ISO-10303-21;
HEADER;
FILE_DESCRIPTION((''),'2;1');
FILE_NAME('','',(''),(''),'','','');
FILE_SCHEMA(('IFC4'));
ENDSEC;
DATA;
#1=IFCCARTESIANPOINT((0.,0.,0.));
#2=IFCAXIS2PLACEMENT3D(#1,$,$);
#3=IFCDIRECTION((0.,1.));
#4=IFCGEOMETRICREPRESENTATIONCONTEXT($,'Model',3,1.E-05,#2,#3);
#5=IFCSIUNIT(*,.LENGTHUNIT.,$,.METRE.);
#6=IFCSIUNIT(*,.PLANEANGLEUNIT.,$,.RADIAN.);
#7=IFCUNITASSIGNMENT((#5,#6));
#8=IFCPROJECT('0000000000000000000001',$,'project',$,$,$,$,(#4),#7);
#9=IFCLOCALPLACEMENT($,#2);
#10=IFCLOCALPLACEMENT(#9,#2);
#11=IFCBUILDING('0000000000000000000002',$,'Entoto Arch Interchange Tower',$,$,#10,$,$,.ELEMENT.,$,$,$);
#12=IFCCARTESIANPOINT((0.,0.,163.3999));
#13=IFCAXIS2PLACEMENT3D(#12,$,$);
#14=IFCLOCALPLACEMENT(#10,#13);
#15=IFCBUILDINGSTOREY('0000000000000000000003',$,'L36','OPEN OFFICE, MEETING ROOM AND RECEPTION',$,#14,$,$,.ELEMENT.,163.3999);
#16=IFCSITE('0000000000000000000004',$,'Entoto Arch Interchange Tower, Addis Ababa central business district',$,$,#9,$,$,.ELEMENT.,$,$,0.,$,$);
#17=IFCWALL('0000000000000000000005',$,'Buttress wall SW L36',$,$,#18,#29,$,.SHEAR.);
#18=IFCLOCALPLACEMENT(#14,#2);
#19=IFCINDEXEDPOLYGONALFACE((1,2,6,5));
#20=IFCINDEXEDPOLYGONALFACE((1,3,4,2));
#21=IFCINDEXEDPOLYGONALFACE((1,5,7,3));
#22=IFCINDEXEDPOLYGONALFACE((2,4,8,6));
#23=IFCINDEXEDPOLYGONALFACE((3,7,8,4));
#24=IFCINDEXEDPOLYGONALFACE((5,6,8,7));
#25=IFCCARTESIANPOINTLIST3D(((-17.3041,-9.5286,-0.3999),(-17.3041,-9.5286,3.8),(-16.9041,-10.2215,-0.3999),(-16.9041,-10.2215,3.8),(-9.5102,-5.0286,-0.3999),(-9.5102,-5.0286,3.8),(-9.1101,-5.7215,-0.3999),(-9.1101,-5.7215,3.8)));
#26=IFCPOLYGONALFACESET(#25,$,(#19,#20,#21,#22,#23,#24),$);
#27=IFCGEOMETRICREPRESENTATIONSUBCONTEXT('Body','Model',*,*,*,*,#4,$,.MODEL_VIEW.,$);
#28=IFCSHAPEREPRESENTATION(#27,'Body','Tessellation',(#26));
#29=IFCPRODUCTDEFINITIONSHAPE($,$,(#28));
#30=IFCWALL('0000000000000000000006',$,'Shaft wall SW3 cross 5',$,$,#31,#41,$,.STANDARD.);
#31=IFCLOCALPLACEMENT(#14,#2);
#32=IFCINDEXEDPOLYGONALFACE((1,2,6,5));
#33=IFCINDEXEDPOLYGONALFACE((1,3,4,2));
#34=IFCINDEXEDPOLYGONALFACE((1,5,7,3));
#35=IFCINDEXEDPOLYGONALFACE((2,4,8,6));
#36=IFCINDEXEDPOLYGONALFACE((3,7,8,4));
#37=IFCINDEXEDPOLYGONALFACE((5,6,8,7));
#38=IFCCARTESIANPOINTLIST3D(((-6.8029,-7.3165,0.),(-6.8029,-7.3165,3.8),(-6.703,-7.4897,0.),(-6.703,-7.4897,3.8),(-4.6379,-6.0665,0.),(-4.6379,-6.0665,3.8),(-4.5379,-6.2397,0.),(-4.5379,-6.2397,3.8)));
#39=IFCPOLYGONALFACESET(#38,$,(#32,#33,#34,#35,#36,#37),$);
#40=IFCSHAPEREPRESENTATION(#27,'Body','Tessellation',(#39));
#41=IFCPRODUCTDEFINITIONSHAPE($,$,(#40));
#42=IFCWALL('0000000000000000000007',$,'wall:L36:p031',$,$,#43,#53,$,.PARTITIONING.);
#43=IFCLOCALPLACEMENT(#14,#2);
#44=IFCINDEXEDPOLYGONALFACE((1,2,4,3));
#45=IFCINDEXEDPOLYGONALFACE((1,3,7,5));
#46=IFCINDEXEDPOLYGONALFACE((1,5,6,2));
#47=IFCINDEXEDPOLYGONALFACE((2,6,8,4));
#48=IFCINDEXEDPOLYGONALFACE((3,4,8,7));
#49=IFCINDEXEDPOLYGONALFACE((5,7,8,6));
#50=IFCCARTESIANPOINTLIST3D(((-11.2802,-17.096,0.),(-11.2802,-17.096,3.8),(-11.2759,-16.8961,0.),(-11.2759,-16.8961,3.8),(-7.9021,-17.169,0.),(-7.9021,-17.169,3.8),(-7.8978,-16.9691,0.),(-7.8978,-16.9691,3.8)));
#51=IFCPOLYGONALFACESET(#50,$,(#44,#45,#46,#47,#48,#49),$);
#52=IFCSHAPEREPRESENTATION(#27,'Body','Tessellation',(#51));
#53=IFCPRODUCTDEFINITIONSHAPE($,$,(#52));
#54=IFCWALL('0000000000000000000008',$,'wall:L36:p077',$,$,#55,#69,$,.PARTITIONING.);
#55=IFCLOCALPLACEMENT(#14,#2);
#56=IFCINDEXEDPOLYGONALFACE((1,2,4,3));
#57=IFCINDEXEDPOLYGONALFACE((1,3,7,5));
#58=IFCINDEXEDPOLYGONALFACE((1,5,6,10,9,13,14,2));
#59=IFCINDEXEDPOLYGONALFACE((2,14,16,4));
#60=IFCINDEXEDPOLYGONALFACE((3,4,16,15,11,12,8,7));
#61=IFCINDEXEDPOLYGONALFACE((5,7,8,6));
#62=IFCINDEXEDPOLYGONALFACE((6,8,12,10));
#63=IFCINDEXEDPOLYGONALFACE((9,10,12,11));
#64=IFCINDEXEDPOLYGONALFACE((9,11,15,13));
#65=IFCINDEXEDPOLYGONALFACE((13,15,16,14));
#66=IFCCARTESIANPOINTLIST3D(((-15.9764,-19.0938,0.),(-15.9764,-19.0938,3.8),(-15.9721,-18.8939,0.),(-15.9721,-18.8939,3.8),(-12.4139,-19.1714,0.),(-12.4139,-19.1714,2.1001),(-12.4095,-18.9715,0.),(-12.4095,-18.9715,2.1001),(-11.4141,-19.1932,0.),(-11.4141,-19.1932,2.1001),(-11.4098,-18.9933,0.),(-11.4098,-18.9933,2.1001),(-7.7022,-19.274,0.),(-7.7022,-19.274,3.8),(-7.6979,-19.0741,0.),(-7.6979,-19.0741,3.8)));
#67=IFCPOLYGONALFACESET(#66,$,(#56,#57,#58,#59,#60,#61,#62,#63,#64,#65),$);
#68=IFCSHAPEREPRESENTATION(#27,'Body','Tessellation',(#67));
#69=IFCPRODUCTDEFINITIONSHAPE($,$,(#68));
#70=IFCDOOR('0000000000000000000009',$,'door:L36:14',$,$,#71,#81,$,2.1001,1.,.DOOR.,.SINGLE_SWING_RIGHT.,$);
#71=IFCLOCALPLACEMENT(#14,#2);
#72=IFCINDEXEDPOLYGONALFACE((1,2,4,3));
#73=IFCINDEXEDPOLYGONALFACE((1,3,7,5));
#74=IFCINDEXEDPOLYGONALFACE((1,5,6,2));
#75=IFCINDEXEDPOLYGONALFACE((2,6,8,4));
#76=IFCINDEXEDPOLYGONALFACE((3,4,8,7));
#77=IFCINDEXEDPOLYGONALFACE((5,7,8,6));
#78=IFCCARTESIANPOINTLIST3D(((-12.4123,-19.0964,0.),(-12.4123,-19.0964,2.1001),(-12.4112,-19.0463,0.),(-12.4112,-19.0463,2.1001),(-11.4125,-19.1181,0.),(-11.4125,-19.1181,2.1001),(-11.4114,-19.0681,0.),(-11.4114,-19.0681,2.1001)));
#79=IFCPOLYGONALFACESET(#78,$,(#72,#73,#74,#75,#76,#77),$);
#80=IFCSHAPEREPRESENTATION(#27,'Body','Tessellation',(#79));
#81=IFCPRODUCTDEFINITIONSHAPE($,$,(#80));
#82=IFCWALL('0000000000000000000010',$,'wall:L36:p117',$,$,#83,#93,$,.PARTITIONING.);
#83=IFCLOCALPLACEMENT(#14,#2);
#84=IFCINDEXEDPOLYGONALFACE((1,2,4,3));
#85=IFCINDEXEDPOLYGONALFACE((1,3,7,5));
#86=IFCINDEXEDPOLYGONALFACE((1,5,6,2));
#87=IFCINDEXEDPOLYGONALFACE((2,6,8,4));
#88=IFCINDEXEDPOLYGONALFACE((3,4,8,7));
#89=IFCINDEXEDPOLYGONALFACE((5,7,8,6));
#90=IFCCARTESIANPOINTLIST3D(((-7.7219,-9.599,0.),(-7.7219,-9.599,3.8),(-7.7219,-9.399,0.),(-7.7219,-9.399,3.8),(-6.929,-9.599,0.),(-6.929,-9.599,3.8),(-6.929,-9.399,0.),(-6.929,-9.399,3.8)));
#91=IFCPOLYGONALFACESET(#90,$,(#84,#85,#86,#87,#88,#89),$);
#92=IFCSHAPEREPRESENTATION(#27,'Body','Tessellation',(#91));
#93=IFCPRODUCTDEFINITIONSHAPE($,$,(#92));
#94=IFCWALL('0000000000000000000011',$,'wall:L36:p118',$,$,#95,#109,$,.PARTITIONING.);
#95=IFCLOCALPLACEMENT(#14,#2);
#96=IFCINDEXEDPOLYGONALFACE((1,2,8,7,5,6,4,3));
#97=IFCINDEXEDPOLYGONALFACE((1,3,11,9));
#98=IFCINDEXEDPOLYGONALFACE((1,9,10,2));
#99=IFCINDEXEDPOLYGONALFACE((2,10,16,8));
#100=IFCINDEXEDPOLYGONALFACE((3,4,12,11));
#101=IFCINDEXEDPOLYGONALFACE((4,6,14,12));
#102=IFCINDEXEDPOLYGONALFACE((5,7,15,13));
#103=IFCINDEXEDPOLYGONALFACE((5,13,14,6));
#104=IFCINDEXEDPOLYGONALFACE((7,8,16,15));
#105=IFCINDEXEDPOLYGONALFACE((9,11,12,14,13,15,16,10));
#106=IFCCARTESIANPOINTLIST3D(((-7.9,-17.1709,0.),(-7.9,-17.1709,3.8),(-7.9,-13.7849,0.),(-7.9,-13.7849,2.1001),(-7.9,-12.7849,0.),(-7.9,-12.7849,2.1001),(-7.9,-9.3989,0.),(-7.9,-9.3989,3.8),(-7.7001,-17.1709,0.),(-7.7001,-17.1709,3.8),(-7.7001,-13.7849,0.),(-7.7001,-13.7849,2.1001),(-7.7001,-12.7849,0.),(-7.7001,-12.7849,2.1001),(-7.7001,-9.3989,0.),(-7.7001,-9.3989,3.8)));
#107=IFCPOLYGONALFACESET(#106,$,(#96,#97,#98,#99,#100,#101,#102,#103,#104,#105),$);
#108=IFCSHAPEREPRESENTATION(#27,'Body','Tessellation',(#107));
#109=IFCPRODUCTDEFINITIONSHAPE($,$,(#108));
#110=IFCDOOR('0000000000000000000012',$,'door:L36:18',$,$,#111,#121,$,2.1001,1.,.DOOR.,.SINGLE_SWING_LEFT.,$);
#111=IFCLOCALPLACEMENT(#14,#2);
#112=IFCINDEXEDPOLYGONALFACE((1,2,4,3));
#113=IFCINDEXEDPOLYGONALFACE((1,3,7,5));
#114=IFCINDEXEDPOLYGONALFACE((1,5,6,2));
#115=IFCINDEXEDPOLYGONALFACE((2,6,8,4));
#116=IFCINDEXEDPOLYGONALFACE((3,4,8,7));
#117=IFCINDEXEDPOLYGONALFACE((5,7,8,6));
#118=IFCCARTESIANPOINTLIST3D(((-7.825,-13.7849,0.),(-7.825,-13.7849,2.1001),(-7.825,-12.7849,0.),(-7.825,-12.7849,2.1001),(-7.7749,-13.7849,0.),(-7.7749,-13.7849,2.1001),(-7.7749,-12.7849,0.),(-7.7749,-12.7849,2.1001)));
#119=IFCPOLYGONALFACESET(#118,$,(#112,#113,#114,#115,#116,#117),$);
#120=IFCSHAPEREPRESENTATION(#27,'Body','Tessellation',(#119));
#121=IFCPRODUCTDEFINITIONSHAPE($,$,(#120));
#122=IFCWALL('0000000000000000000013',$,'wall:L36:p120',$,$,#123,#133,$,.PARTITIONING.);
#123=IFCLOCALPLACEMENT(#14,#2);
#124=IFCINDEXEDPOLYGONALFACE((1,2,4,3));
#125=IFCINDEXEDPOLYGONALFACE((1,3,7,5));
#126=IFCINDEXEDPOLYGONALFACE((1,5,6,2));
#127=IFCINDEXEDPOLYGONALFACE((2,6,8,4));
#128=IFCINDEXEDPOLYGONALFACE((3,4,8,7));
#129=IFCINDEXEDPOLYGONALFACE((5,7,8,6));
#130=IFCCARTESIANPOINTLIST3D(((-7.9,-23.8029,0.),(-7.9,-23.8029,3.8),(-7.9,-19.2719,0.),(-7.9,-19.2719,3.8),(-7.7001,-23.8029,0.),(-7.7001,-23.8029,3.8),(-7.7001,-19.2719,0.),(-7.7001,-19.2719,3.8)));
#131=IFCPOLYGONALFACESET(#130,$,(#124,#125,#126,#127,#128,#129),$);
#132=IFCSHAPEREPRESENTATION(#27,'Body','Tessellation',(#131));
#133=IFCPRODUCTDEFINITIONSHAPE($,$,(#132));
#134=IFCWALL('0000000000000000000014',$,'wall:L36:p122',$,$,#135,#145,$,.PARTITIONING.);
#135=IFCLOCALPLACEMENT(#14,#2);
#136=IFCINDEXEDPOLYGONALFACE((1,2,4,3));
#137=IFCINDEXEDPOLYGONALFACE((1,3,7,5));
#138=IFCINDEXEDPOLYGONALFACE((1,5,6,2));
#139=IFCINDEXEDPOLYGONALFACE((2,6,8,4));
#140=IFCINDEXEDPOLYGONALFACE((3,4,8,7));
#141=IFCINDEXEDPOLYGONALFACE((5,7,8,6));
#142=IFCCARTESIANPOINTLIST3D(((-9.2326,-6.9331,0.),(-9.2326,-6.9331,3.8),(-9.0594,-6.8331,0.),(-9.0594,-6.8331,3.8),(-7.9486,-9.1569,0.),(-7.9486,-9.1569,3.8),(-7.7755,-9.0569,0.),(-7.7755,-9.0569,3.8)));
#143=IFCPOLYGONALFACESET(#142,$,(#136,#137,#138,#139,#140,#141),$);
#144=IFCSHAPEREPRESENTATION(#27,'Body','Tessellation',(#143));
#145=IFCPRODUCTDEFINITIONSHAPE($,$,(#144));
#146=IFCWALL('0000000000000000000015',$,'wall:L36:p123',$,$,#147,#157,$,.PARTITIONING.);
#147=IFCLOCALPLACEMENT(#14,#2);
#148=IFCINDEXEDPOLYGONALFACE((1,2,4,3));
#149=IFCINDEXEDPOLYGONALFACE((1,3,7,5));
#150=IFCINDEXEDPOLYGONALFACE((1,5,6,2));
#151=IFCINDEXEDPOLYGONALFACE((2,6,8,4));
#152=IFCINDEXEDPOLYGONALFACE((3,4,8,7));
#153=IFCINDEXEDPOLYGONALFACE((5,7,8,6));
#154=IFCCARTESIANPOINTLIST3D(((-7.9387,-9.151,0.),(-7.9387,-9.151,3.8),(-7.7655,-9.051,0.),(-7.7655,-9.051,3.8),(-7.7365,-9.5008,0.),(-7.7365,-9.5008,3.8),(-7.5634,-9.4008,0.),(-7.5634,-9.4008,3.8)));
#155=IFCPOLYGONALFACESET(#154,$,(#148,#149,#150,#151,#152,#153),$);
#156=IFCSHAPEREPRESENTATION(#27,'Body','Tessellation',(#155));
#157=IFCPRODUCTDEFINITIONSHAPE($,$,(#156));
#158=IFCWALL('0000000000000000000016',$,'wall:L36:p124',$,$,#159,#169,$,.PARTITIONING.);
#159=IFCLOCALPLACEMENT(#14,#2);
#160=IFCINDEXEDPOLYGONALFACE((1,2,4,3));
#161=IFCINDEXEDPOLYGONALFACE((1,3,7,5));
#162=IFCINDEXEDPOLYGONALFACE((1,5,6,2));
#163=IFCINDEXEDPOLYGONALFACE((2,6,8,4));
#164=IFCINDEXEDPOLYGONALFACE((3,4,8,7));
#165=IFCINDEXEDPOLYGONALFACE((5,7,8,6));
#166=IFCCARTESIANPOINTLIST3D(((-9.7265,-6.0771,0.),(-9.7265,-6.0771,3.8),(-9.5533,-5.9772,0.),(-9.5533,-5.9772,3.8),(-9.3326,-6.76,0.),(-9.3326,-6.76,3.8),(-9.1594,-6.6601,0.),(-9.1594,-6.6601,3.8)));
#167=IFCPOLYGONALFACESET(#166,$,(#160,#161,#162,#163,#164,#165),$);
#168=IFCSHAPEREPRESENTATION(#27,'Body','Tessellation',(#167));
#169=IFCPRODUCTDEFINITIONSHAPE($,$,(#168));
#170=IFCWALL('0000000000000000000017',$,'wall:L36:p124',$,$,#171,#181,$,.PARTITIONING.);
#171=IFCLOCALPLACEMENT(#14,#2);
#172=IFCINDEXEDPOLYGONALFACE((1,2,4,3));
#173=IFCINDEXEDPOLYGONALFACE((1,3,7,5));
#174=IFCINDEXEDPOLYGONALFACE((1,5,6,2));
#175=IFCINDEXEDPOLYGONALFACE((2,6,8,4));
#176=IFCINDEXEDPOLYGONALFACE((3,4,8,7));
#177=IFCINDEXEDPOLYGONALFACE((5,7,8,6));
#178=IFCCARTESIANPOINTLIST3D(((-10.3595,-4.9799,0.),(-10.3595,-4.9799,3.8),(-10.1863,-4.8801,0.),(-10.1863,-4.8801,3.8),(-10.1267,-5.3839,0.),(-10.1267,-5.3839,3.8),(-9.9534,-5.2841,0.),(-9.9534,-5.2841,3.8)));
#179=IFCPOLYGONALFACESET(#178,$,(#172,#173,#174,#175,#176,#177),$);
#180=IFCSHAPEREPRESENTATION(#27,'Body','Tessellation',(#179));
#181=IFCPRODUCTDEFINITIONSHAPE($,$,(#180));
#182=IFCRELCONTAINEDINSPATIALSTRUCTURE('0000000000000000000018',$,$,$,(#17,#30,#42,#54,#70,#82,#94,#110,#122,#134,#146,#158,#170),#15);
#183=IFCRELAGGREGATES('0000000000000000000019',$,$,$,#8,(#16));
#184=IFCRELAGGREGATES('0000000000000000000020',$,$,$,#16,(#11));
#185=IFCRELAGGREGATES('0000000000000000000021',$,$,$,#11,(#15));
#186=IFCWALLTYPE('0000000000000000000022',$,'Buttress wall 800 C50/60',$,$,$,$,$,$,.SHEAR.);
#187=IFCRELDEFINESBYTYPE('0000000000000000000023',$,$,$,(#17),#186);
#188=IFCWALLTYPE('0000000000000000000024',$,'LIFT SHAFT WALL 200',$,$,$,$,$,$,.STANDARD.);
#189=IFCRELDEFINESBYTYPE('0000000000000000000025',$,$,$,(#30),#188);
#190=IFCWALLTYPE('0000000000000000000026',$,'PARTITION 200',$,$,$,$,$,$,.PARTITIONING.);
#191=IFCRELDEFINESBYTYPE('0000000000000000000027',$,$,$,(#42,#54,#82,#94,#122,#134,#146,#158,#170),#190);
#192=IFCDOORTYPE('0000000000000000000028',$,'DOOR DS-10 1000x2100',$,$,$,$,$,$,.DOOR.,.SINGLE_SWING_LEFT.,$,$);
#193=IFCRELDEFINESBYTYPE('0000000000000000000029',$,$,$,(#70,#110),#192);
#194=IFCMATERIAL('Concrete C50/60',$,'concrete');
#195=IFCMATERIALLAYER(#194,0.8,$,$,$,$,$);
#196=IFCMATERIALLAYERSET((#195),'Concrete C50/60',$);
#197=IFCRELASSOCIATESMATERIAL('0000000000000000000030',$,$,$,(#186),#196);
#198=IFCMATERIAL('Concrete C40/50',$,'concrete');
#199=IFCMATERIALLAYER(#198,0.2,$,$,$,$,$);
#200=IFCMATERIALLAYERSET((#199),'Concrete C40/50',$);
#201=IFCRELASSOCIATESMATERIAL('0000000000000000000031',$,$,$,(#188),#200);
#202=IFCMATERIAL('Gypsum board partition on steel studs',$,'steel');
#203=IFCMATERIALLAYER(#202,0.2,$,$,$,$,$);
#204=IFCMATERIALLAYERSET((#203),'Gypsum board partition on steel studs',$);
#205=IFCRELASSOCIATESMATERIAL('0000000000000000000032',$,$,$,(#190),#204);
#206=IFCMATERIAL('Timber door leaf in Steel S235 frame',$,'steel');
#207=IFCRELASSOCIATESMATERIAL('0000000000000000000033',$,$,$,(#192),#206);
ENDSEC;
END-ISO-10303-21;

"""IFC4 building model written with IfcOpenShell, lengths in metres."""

from ifc_helpers import new_model, si_unit, direction, frame, frame_2d, origin, place, context, subcontext, project, spatial, rectangle, extrude, material, layer, layer_set, type_object, element, fill, save


model = new_model("IFC4")

# Units and contexts
model_context = context("Model", 3, precision=1e-05, world=origin(), true_north=direction((0.0, 1.0)))
body_context = subcontext(model_context, "Body", "Model", "MODEL_VIEW")
ifc_project = project(units=[si_unit("LENGTHUNIT", "METRE"), si_unit("PLANEANGLEUNIT", "RADIAN")], contexts=[model_context])

# Site, building, storey
site_placement = place(None, origin())
site = spatial("IfcSite", under=ifc_project, at=site_placement, Name="Entoto Arch Interchange Tower, Addis Ababa central business district", CompositionType="ELEMENT", RefElevation=0.0)
building_placement = place(site_placement, origin())
building = spatial("IfcBuilding", under=site, at=building_placement, Name="Entoto Arch Interchange Tower", CompositionType="ELEMENT")
storey_placement = place(building_placement, frame((0.0, 0.0, 163.3999)))
storey = spatial("IfcBuildingStorey", under=building, at=storey_placement, Name="L36", Description="OPEN OFFICE, MEETING ROOM AND RECEPTION", CompositionType="ELEMENT", Elevation=163.3999)

# Shared definitions
ifc_material_1 = material(Name="Concrete C50/60", Category="concrete")

# Walls
ifc_layer_1 = layer(ifc_material_1, 0.8)
ifc_layer_set_1 = layer_set([ifc_layer_1], Name="Concrete C50/60")
wall_type_1 = type_object("IfcWallType", Name="Buttress wall 800 C50/60", PredefinedType="SHEAR", material=ifc_layer_set_1)
wall_1_placement = place(storey_placement, frame((-9.3101, -5.375, -0.3999), z_axis=(0.0, 0.0, 1.0), x_axis=(-0.866018, -0.500014, 0.0)))
element("IfcWall", 1, at=wall_1_placement, inside=storey, type_object=wall_type_1, Name="Buttress wall SW L36", PredefinedType="SHEAR", context=body_context, shape_type="SweptSolid", body=[
    extrude(rectangle(XDim=8.9998, YDim=0.8, at=frame_2d((4.5, 0.0))), origin(), (0.0, 0.0, 1.0), 4.2),
])
ifc_material_2 = material(Name="Concrete C40/50", Category="concrete")
ifc_layer_2 = layer(ifc_material_2, 0.2)
ifc_layer_set_2 = layer_set([ifc_layer_2], Name="Concrete C40/50")
wall_type_2 = type_object("IfcWallType", Name="LIFT SHAFT WALL 200", PredefinedType="STANDARD", material=ifc_layer_set_2)
wall_2_placement = place(storey_placement, frame((-4.5879, -6.1531, 0.0), z_axis=(0.0, 0.0, 1.0), x_axis=(-0.866023, -0.500004, 0.0)))
element("IfcWall", 2, at=wall_2_placement, inside=storey, type_object=wall_type_2, Name="Shaft wall SW3 cross 5", PredefinedType="STANDARD", context=body_context, shape_type="SweptSolid", body=[
    extrude(rectangle(XDim=2.5, YDim=0.2, at=frame_2d((1.25, 0.0))), origin(), (0.0, 0.0, 1.0), 3.8),
])
ifc_material_3 = material(Name="Gypsum board partition on steel studs", Category="steel")
ifc_layer_3 = layer(ifc_material_3, 0.2)
ifc_layer_set_3 = layer_set([ifc_layer_3], Name="Gypsum board partition on steel studs")
wall_type_3 = type_object("IfcWallType", Name="PARTITION 200", PredefinedType="PARTITIONING", material=ifc_layer_set_3)
wall_3_placement = place(storey_placement, frame((-11.2781, -16.9961, 0.0), z_axis=(0.0, 0.0, 1.0), x_axis=(0.999767, -0.021604, 0.0)))
element("IfcWall", 3, at=wall_3_placement, inside=storey, type_object=wall_type_3, Name="wall:L36:p031", PredefinedType="PARTITIONING", context=body_context, shape_type="SweptSolid", body=[
    extrude(rectangle(XDim=3.3789, YDim=0.2, at=frame_2d((1.6895, 0.0))), origin(), (0.0, 0.0, 1.0), 3.8),
])

# Wall, opening, door
wall_4_placement = place(storey_placement, frame((-7.7, -19.1741, 0.0), z_axis=(0.0, 0.0, 1.0), x_axis=(-0.999763, 0.021771, 0.0)))
wall_4 = element("IfcWall", 4, at=wall_4_placement, inside=storey, type_object=wall_type_3, Name="wall:L36:p077", PredefinedType="PARTITIONING", context=body_context, shape_type="SweptSolid", body=[
    extrude(rectangle(XDim=8.2761, YDim=0.2, at=frame_2d((4.1382, 0.0))), origin(), (0.0, 0.0, 1.0), 3.8),
])
opening_1_placement = place(wall_4_placement, frame((3.7129, 0.0, 0.0)))
opening_1 = element("IfcOpeningElement", 5, at=opening_1_placement, cuts=wall_4, PredefinedType="OPENING", context=body_context, shape_type="SweptSolid", body=[
    extrude(rectangle(XDim=1.0, YDim=2.1001, at=frame_2d((0.5, 1.05))), frame((0.0, 0.1099, 0.0), z_axis=(0.0, -1.0, 0.0), x_axis=(1.0, 0.0, 0.0)), (0.0, 0.0, 1.0), 0.22),
])
ifc_material_4 = material(Name="Timber door leaf in Steel S235 frame", Category="steel")
door_type = type_object("IfcDoorType", Name="DOOR DS-10 1000x2100", OperationType="SINGLE_SWING_LEFT", PredefinedType="DOOR", material=ifc_material_4)
door_1_placement = place(opening_1_placement, origin())
door_1 = element("IfcDoor", 6, at=door_1_placement, inside=storey, type_object=door_type, Name="door:L36:14", OperationType="SINGLE_SWING_RIGHT", OverallHeight=2.1001, OverallWidth=1.0, PredefinedType="DOOR", context=body_context, shape_type="SweptSolid", body=[
    extrude(rectangle(XDim=1.0, YDim=2.1001, at=frame_2d((0.5, 1.05))), frame((0.0, 0.0249, 0.0), z_axis=(0.0, -1.0, 0.0), x_axis=(1.0, 0.0, 0.0)), (0.0, 0.0, 1.0), 0.05),
])
fill(opening_1, door_1)

# Wall
wall_5_placement = place(storey_placement, frame((-7.7219, -9.499, 0.0), z_axis=(0.0, 0.0, 1.0), x_axis=(1.0, 0.0, 0.0)))
element("IfcWall", 7, at=wall_5_placement, inside=storey, type_object=wall_type_3, Name="wall:L36:p117", PredefinedType="PARTITIONING", context=body_context, shape_type="SweptSolid", body=[
    extrude(rectangle(XDim=0.793, YDim=0.2, at=frame_2d((0.3965, 0.0))), origin(), (0.0, 0.0, 1.0), 3.8),
])

# Wall, opening, door
wall_6_placement = place(storey_placement, frame((-7.8, -17.1709, 0.0), z_axis=(0.0, 0.0, 1.0), x_axis=(0.0, 1.0, 0.0)))
wall_6 = element("IfcWall", 8, at=wall_6_placement, inside=storey, type_object=wall_type_3, Name="wall:L36:p118", PredefinedType="PARTITIONING", context=body_context, shape_type="SweptSolid", body=[
    extrude(rectangle(XDim=7.772, YDim=0.2, at=frame_2d((3.886, 0.0))), origin(), (0.0, 0.0, 1.0), 3.8),
])
opening_2_placement = place(wall_6_placement, frame((3.386, 0.0, 0.0)))
opening_2 = element("IfcOpeningElement", 9, at=opening_2_placement, cuts=wall_6, PredefinedType="OPENING", context=body_context, shape_type="SweptSolid", body=[
    extrude(rectangle(XDim=1.0, YDim=2.1001, at=frame_2d((0.5, 1.05))), frame((0.0, 0.1099, 0.0), z_axis=(0.0, -1.0, 0.0), x_axis=(1.0, 0.0, 0.0)), (0.0, 0.0, 1.0), 0.22),
])
door_2_placement = place(opening_2_placement, origin())
door_2 = element("IfcDoor", 10, at=door_2_placement, inside=storey, type_object=door_type, Name="door:L36:18", OperationType="SINGLE_SWING_LEFT", OverallHeight=2.1001, OverallWidth=1.0, PredefinedType="DOOR", context=body_context, shape_type="SweptSolid", body=[
    extrude(rectangle(XDim=1.0, YDim=2.1001, at=frame_2d((0.5, 1.05))), frame((0.0, 0.0249, 0.0), z_axis=(0.0, -1.0, 0.0), x_axis=(1.0, 0.0, 0.0)), (0.0, 0.0, 1.0), 0.05),
])
fill(opening_2, door_2)

# Walls
wall_7_placement = place(storey_placement, frame((-7.8, -23.803, 0.0), z_axis=(0.0, 0.0, 1.0), x_axis=(0.0, 1.0, 0.0)))
element("IfcWall", 11, at=wall_7_placement, inside=storey, type_object=wall_type_3, Name="wall:L36:p120", PredefinedType="PARTITIONING", context=body_context, shape_type="SweptSolid", body=[
    extrude(rectangle(XDim=4.531, YDim=0.2, at=frame_2d((2.2656, 0.0))), origin(), (0.0, 0.0, 1.0), 3.8),
])
wall_8_placement = place(storey_placement, frame((-7.8621, -9.1069, 0.0), z_axis=(0.0, 0.0, 1.0), x_axis=(-0.499994, 0.866029, 0.0)))
element("IfcWall", 12, at=wall_8_placement, inside=storey, type_object=wall_type_3, Name="wall:L36:p122", PredefinedType="PARTITIONING", context=body_context, shape_type="SweptSolid", body=[
    extrude(rectangle(XDim=2.5679, YDim=0.2, at=frame_2d((1.2839, 0.0))), origin(), (0.0, 0.0, 1.0), 3.8),
])
wall_9_placement = place(storey_placement, frame((-7.6499, -9.4509, 0.0), z_axis=(0.0, 0.0, 1.0), x_axis=(-0.500298, 0.865853, 0.0)))
element("IfcWall", 13, at=wall_9_placement, inside=storey, type_object=wall_type_3, Name="wall:L36:p123", PredefinedType="PARTITIONING", context=body_context, shape_type="SweptSolid", body=[
    extrude(rectangle(XDim=0.4041, YDim=0.2, at=frame_2d((0.2021, 0.0))), origin(), (0.0, 0.0, 1.0), 3.8),
])
wall_10_placement = place(storey_placement, frame((-9.2461, -6.71, 0.0), z_axis=(0.0, 0.0, 1.0), x_axis=(-0.499571, 0.866273, 0.0)))
element("IfcWall", 14, at=wall_10_placement, inside=storey, type_object=wall_type_3, Name="wall:L36:p124", PredefinedType="PARTITIONING", context=body_context, shape_type="SweptSolid", body=[
    extrude(rectangle(XDim=0.7883, YDim=0.2, at=frame_2d((0.394, 0.0))), origin(), (0.0, 0.0, 1.0), 3.8),
])
wall_11_placement = place(storey_placement, frame((-10.04, -5.334, 0.0), z_axis=(0.0, 0.0, 1.0), x_axis=(-0.499405, 0.866369, 0.0)))
element("IfcWall", 15, at=wall_11_placement, inside=storey, type_object=wall_type_3, Name="wall:L36:p124", PredefinedType="PARTITIONING", context=body_context, shape_type="SweptSolid", body=[
    extrude(rectangle(XDim=0.4663, YDim=0.2, at=frame_2d((0.2332, 0.0))), origin(), (0.0, 0.0, 1.0), 3.8),
])

save(model, "model.ifc")
